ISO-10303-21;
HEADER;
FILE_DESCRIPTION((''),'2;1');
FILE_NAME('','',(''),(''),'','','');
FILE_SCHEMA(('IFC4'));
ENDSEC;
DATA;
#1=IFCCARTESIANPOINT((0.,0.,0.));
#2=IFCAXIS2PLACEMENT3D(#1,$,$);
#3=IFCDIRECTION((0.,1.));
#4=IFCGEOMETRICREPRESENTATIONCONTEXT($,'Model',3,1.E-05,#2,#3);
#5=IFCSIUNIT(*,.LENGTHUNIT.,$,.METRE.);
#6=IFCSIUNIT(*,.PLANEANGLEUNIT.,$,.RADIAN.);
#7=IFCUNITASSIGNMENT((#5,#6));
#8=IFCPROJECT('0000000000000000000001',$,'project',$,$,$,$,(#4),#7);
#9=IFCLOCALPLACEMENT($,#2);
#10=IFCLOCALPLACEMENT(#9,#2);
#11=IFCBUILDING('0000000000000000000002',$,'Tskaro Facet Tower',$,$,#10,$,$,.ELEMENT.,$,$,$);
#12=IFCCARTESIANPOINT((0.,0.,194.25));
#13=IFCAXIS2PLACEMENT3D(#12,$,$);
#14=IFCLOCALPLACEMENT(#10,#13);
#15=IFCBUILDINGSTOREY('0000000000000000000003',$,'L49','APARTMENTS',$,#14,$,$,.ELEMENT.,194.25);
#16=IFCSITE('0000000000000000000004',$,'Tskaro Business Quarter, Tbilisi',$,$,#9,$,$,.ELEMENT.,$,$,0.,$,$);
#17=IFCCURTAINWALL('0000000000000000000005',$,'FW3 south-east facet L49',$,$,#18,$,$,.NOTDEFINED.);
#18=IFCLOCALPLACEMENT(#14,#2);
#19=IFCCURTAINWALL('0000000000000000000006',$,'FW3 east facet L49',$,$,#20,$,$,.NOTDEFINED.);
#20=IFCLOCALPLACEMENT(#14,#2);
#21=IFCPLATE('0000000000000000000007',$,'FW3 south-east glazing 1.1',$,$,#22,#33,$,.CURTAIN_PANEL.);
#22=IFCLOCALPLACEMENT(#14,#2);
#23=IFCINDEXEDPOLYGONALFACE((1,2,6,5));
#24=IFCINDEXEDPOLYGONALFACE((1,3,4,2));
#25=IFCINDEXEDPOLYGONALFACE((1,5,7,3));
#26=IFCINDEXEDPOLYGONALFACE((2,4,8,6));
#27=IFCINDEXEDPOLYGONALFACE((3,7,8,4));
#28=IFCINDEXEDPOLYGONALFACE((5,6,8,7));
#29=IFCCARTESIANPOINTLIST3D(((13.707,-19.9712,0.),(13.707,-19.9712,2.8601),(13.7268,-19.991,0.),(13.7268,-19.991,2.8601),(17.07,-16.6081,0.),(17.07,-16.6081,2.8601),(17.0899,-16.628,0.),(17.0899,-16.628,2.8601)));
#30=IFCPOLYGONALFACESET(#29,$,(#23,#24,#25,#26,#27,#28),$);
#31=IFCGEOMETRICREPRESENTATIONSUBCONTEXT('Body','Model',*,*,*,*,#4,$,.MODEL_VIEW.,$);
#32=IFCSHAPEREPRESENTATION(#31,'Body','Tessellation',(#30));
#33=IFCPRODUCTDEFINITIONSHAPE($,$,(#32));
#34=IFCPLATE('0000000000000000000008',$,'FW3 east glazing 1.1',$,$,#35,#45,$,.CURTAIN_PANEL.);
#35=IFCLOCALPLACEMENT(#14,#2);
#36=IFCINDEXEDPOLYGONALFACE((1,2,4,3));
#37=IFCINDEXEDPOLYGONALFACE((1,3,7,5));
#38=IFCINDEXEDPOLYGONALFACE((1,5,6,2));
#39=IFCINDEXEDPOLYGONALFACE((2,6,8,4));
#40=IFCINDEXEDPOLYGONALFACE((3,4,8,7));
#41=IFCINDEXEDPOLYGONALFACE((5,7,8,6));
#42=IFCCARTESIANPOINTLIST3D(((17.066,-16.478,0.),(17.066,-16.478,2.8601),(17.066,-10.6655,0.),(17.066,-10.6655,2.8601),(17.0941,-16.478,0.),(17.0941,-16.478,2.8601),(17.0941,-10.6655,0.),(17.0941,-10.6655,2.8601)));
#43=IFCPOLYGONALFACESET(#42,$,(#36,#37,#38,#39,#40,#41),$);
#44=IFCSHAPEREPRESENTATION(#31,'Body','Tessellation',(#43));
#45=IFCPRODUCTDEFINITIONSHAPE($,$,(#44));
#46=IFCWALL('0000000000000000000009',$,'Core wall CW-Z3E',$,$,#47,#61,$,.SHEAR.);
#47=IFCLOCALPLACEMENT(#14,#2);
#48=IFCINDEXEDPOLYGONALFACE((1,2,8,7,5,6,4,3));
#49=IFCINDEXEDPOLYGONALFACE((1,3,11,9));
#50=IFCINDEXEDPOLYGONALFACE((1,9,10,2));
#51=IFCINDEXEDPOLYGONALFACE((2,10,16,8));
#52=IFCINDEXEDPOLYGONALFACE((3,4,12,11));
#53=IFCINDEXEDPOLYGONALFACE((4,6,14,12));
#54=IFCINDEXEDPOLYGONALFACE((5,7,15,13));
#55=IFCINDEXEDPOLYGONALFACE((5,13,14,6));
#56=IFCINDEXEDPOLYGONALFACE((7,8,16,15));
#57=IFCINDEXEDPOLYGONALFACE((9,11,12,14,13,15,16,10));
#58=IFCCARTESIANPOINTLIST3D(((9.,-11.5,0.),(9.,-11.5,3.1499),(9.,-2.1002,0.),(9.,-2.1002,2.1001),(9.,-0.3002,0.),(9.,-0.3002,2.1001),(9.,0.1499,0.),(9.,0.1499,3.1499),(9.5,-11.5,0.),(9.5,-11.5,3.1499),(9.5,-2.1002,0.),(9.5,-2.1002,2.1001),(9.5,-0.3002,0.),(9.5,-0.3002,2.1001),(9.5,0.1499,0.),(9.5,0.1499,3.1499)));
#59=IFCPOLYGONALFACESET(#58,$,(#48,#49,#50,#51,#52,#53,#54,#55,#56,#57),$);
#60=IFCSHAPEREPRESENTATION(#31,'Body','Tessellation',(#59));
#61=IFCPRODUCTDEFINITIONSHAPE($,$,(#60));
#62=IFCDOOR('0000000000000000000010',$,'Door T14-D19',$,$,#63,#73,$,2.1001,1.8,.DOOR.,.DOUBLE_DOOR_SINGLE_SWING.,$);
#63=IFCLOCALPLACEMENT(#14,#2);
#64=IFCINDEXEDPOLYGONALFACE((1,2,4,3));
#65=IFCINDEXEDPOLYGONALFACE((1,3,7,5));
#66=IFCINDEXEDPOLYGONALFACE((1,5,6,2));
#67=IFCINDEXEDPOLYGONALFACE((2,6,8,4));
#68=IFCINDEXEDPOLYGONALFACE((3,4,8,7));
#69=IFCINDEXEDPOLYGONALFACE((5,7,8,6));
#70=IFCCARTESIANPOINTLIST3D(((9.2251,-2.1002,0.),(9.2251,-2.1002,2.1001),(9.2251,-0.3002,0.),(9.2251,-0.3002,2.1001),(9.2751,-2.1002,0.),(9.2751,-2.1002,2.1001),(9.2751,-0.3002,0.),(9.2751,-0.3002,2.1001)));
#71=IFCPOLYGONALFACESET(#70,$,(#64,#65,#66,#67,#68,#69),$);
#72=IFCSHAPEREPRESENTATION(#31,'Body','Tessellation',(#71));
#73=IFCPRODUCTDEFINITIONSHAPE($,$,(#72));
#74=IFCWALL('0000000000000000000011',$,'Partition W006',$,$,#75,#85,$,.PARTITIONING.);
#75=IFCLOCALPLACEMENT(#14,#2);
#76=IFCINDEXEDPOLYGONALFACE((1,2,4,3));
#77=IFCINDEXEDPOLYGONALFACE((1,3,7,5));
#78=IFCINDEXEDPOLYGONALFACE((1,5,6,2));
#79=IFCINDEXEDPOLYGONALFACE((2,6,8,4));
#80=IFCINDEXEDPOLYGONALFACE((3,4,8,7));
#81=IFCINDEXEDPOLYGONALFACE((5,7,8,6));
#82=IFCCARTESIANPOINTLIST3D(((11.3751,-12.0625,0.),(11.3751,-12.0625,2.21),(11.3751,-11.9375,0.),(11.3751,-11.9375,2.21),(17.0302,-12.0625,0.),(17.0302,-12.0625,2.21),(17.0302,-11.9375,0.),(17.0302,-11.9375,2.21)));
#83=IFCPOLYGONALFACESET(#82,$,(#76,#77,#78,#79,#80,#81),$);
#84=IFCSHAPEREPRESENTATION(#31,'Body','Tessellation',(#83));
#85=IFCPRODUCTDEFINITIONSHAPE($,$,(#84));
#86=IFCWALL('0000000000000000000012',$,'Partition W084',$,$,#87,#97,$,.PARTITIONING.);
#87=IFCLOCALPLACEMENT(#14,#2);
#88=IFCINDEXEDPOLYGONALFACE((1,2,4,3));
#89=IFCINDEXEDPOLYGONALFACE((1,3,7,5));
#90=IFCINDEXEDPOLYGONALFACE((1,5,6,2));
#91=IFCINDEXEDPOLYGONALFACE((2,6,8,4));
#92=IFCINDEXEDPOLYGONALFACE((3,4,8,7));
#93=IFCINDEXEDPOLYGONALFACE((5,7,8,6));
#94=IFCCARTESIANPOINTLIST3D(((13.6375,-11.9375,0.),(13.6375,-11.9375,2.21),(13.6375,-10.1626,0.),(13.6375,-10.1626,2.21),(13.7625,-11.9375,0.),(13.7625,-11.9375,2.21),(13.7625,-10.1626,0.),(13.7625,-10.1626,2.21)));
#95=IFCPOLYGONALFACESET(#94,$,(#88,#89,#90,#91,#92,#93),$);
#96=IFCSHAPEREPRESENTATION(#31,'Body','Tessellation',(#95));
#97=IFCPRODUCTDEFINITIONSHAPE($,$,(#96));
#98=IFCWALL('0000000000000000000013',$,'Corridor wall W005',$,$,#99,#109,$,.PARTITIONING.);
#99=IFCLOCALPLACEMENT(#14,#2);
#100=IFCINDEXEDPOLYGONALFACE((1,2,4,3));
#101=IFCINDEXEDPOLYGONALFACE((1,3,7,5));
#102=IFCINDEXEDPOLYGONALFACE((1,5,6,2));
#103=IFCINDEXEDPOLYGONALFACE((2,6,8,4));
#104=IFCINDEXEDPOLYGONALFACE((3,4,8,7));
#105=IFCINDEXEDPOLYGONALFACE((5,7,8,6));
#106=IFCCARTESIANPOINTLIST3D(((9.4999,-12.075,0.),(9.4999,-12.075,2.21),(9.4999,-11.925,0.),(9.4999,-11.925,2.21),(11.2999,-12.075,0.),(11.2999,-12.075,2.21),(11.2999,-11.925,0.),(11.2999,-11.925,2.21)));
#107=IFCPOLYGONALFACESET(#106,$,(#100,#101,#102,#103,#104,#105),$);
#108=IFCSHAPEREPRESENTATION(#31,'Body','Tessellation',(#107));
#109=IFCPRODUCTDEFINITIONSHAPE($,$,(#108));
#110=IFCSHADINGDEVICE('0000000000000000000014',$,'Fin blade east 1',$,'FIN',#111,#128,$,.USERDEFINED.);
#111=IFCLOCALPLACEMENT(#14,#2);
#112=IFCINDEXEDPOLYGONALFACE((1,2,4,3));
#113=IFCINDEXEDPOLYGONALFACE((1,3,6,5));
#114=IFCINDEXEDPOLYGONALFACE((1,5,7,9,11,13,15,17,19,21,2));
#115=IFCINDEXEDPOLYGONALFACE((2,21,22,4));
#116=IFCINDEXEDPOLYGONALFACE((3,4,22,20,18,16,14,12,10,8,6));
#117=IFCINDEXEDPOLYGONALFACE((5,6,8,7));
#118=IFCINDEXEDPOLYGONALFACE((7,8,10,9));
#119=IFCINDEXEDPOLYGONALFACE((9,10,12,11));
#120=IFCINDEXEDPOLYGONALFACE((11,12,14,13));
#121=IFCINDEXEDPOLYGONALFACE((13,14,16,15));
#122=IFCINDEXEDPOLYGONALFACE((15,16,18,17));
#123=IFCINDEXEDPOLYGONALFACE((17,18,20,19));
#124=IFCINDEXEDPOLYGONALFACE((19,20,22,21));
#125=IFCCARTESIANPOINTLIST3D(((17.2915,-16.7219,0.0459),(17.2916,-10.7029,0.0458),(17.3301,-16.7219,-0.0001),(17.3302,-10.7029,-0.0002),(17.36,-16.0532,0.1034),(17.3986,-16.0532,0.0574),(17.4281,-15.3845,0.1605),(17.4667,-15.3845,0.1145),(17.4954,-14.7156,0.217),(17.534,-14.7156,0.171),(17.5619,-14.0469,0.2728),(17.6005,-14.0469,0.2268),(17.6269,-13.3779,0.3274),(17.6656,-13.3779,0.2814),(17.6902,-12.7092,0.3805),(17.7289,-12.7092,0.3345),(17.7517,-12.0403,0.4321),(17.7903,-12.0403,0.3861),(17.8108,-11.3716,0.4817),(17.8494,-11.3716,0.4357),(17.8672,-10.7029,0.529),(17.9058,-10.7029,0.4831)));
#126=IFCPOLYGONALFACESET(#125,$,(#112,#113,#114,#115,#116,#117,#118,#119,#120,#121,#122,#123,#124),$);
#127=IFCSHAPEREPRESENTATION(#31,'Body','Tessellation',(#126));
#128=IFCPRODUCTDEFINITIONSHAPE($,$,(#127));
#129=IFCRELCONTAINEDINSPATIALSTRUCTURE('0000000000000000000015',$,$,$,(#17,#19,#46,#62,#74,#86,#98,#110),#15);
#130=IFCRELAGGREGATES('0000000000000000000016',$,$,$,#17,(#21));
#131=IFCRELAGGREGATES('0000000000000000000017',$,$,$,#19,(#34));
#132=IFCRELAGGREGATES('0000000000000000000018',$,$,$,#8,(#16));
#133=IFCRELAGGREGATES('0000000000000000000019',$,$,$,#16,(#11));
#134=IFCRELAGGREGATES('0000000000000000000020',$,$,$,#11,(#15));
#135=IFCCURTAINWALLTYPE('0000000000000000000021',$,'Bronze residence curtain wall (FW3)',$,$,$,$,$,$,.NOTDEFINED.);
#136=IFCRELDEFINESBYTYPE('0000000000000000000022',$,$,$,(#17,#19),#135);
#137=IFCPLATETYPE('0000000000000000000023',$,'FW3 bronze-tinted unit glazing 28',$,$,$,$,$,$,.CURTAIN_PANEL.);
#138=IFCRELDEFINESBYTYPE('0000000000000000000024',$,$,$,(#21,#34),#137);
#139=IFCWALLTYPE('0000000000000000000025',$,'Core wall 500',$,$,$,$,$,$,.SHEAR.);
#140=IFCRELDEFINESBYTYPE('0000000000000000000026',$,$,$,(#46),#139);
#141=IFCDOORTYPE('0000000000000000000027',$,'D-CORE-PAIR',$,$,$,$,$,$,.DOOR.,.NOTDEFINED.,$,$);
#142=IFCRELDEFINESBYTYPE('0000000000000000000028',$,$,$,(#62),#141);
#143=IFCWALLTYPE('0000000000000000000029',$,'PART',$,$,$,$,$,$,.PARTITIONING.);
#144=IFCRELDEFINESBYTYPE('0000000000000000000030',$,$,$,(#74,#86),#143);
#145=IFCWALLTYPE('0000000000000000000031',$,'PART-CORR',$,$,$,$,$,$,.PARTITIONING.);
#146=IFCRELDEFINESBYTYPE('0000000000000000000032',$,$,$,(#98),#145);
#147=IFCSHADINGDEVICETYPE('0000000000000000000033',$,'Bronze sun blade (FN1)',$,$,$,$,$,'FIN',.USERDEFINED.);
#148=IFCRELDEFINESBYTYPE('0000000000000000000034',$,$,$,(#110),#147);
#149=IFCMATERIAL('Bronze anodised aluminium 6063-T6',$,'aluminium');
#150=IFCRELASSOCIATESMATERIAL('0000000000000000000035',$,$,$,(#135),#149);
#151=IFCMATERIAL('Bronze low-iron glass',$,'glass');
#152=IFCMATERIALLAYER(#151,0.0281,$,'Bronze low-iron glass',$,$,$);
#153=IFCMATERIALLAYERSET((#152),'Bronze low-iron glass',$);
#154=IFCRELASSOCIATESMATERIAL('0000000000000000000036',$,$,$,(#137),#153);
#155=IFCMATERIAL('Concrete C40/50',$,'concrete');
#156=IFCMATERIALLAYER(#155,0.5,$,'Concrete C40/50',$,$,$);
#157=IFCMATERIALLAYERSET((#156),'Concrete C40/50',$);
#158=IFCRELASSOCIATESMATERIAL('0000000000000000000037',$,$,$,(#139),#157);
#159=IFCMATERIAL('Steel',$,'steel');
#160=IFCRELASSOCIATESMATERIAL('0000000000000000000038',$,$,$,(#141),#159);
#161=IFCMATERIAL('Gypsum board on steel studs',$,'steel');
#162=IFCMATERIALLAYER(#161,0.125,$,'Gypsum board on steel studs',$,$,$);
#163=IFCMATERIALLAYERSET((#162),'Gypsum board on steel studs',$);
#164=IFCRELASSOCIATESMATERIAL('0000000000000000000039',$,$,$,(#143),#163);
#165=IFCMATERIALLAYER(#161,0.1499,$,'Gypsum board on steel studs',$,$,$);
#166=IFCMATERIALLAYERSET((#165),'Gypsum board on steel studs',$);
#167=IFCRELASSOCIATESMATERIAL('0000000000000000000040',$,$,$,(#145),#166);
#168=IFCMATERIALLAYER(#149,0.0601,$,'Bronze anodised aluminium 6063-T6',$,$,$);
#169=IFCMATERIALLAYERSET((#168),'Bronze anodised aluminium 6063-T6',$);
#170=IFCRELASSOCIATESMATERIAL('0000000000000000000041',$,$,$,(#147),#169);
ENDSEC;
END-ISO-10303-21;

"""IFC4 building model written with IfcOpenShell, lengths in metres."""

from ifc_helpers import new_model, si_unit, direction, frame, frame_2d, origin, origin_2d, place, context, subcontext, project, spatial, polyline, rectangle, outline, extrude, material, layer, layer_set, type_object, element, fill, aggregate, save


model = new_model("IFC4")

# Units and contexts
model_context = context("Model", 3, precision=1e-05, world=origin(), true_north=direction((0.0, 1.0)))
body_context = subcontext(model_context, "Body", "Model", "MODEL_VIEW")
ifc_project = project(units=[si_unit("LENGTHUNIT", "METRE"), si_unit("PLANEANGLEUNIT", "RADIAN")], contexts=[model_context])

# Site, building, storey
site_placement = place(None, origin())
site = spatial("IfcSite", under=ifc_project, at=site_placement, Name="Tskaro Business Quarter, Tbilisi", CompositionType="ELEMENT", RefElevation=0.0)
building_placement = place(site_placement, origin())
building = spatial("IfcBuilding", under=site, at=building_placement, Name="Tskaro Facet Tower", CompositionType="ELEMENT")
storey_placement = place(building_placement, frame((0.0, 0.0, 194.25)))
storey = spatial("IfcBuildingStorey", under=building, at=storey_placement, Name="L49", Description="APARTMENTS", CompositionType="ELEMENT", Elevation=194.25)

# Curtain walls
ifc_material_1 = material(Name="Bronze anodised aluminium 6063-T6", Category="aluminium")
curtain_wall_type = type_object("IfcCurtainWallType", Name="Bronze residence curtain wall (FW3)", PredefinedType="NOTDEFINED", material=ifc_material_1)
curtain_wall_1_placement = place(storey_placement, origin())
curtain_wall_1 = element("IfcCurtainWall", 1, at=curtain_wall_1_placement, inside=storey, type_object=curtain_wall_type, Name="FW3 south-east facet L49", PredefinedType="NOTDEFINED")
curtain_wall_2_placement = place(storey_placement, origin())
curtain_wall_2 = element("IfcCurtainWall", 2, at=curtain_wall_2_placement, inside=storey, type_object=curtain_wall_type, Name="FW3 east facet L49", PredefinedType="NOTDEFINED")

# Shared definitions
ifc_material_2 = material(Name="Bronze low-iron glass", Category="glass")
ifc_layer_1 = layer(ifc_material_2, 0.0281, Name="Bronze low-iron glass")
ifc_layer_set_1 = layer_set([ifc_layer_1], Name="Bronze low-iron glass")
plate_type = type_object("IfcPlateType", Name="FW3 bronze-tinted unit glazing 28", PredefinedType="CURTAIN_PANEL", material=ifc_layer_set_1)

# Plates
plate_1_placement = place(storey_placement, frame((15.3984, -18.2996, 0.0), z_axis=(0.0, 0.0, 1.0), x_axis=(0.707107, 0.707107, 0.0)))
plate_1 = element("IfcPlate", 3, at=plate_1_placement, type_object=plate_type, Name="FW3 south-east glazing 1.1", PredefinedType="CURTAIN_PANEL", context=body_context, shape_type="SweptSolid", body=[
    extrude(rectangle(XDim=4.7561, YDim=0.0281, at=origin_2d()), origin(), (0.0, 0.0, 1.0), 2.8601),
])
aggregate(curtain_wall_1, [plate_1])
plate_2_placement = place(storey_placement, frame((17.0801, -13.5718, 0.0), z_axis=(0.0, 0.0, 1.0), x_axis=(0.0, 1.0, 0.0)))
plate_2 = element("IfcPlate", 4, at=plate_2_placement, type_object=plate_type, Name="FW3 east glazing 1.1", PredefinedType="CURTAIN_PANEL", context=body_context, shape_type="SweptSolid", body=[
    extrude(rectangle(XDim=5.8125, YDim=0.0281, at=origin_2d()), origin(), (0.0, 0.0, 1.0), 2.8601),
])
aggregate(curtain_wall_2, [plate_2])

# Wall, opening, door
ifc_material_3 = material(Name="Concrete C40/50", Category="concrete")
ifc_layer_2 = layer(ifc_material_3, 0.5, Name="Concrete C40/50")
ifc_layer_set_2 = layer_set([ifc_layer_2], Name="Concrete C40/50")
wall_type_1 = type_object("IfcWallType", Name="Core wall 500", PredefinedType="SHEAR", material=ifc_layer_set_2)
wall_1_placement = place(storey_placement, frame((9.25, -11.5, 0.0), z_axis=(0.0, 0.0, 1.0), x_axis=(0.0, 1.0, 0.0)))
wall_1 = element("IfcWall", 5, at=wall_1_placement, inside=storey, type_object=wall_type_1, Name="Core wall CW-Z3E", PredefinedType="SHEAR", context=body_context, shape_type="SweptSolid", body=[
    extrude(rectangle(XDim=11.6499, YDim=0.5, at=frame_2d((5.825, 0.0))), origin(), (0.0, 0.0, 1.0), 3.1499),
])
opening_placement = place(wall_1_placement, frame((9.3999, 0.0, 0.0)))
opening = element("IfcOpeningElement", 6, at=opening_placement, cuts=wall_1, PredefinedType="OPENING", context=body_context, shape_type="SweptSolid", body=[
    extrude(rectangle(XDim=1.8, YDim=2.1001, at=frame_2d((0.8999, 1.05))), frame((0.0, 0.26, 0.0), z_axis=(0.0, -1.0, 0.0), x_axis=(1.0, 0.0, 0.0)), (0.0, 0.0, 1.0), 0.52),
])
ifc_material_4 = material(Name="Steel", Category="steel")
door_type = type_object("IfcDoorType", Name="D-CORE-PAIR", OperationType="NOTDEFINED", PredefinedType="DOOR", material=ifc_material_4)
door_placement = place(opening_placement, origin())
door = element("IfcDoor", 7, at=door_placement, inside=storey, type_object=door_type, Name="Door T14-D19", OperationType="DOUBLE_DOOR_SINGLE_SWING", OverallHeight=2.1001, OverallWidth=1.8, PredefinedType="DOOR", context=body_context, shape_type="SweptSolid", body=[
    extrude(rectangle(XDim=1.8, YDim=2.1001, at=frame_2d((0.8999, 1.05))), frame((0.0, 0.0249, 0.0), z_axis=(0.0, -1.0, 0.0), x_axis=(1.0, 0.0, 0.0)), (0.0, 0.0, 1.0), 0.05),
])
fill(opening, door)

# Walls
ifc_material_5 = material(Name="Gypsum board on steel studs", Category="steel")
ifc_layer_3 = layer(ifc_material_5, 0.125, Name="Gypsum board on steel studs")
ifc_layer_set_3 = layer_set([ifc_layer_3], Name="Gypsum board on steel studs")
wall_type_2 = type_object("IfcWallType", Name="PART", PredefinedType="PARTITIONING", material=ifc_layer_set_3)
wall_2_placement = place(storey_placement, frame((11.375, -12.0, 0.0), z_axis=(0.0, 0.0, 1.0), x_axis=(1.0, 0.0, 0.0)))
element("IfcWall", 8, at=wall_2_placement, inside=storey, type_object=wall_type_2, Name="Partition W006", PredefinedType="PARTITIONING", context=body_context, shape_type="SweptSolid", body=[
    extrude(rectangle(XDim=5.655, YDim=0.125, at=frame_2d((2.8276, 0.0))), origin(), (0.0, 0.0, 1.0), 2.21),
])
wall_3_placement = place(storey_placement, frame((13.7, -11.9375, 0.0), z_axis=(0.0, 0.0, 1.0), x_axis=(0.0, 1.0, 0.0)))
element("IfcWall", 9, at=wall_3_placement, inside=storey, type_object=wall_type_2, Name="Partition W084", PredefinedType="PARTITIONING", context=body_context, shape_type="SweptSolid", body=[
    extrude(rectangle(XDim=1.7749, YDim=0.125, at=frame_2d((0.8875, 0.0))), origin(), (0.0, 0.0, 1.0), 2.21),
])
ifc_layer_4 = layer(ifc_material_5, 0.1499, Name="Gypsum board on steel studs")
ifc_layer_set_4 = layer_set([ifc_layer_4], Name="Gypsum board on steel studs")
wall_type_3 = type_object("IfcWallType", Name="PART-CORR", PredefinedType="PARTITIONING", material=ifc_layer_set_4)
wall_4_placement = place(storey_placement, frame((9.5, -12.0, 0.0), z_axis=(0.0, 0.0, 1.0), x_axis=(1.0, 0.0, 0.0)))
element("IfcWall", 10, at=wall_4_placement, inside=storey, type_object=wall_type_3, Name="Corridor wall W005", PredefinedType="PARTITIONING", context=body_context, shape_type="SweptSolid", body=[
    extrude(rectangle(XDim=1.8, YDim=0.1499, at=frame_2d((0.8999, 0.0))), origin(), (0.0, 0.0, 1.0), 2.21),
])

# Shading device
ifc_layer_5 = layer(ifc_material_1, 0.0601, Name="Bronze anodised aluminium 6063-T6")
ifc_layer_set_5 = layer_set([ifc_layer_5], Name="Bronze anodised aluminium 6063-T6")
shading_device_type = type_object("IfcShadingDeviceType", Name="Bronze sun blade (FN1)", ElementType="FIN", PredefinedType="USERDEFINED", material=ifc_layer_set_5)
shading_device_placement = place(storey_placement, frame((17.2915, -16.7219, 0.0459), z_axis=(-0.642993, 0.000022, 0.765872), x_axis=(0.000014, 1.0, -0.000017)))
element("IfcShadingDevice", 11, at=shading_device_placement, inside=storey, type_object=shading_device_type, Name="Fin blade east 1", ObjectType="FIN", PredefinedType="USERDEFINED", context=body_context, shape_type="SweptSolid", body=[
    extrude(outline(polyline([(0.0, 0.0), (6.019, 0.0), (6.019, -0.7516), (5.3503, -0.6779), (4.6816, -0.6008), (4.0127, -0.5206), (3.344, -0.4379), (2.675, -0.353), (2.0063, -0.2662), (1.3374, -0.1783), (0.6687, -0.0894), (0.0, 0.0)])), origin(), (0.0, 0.0, -1.0), 0.0601),
])

save(model, "model.ifc")
